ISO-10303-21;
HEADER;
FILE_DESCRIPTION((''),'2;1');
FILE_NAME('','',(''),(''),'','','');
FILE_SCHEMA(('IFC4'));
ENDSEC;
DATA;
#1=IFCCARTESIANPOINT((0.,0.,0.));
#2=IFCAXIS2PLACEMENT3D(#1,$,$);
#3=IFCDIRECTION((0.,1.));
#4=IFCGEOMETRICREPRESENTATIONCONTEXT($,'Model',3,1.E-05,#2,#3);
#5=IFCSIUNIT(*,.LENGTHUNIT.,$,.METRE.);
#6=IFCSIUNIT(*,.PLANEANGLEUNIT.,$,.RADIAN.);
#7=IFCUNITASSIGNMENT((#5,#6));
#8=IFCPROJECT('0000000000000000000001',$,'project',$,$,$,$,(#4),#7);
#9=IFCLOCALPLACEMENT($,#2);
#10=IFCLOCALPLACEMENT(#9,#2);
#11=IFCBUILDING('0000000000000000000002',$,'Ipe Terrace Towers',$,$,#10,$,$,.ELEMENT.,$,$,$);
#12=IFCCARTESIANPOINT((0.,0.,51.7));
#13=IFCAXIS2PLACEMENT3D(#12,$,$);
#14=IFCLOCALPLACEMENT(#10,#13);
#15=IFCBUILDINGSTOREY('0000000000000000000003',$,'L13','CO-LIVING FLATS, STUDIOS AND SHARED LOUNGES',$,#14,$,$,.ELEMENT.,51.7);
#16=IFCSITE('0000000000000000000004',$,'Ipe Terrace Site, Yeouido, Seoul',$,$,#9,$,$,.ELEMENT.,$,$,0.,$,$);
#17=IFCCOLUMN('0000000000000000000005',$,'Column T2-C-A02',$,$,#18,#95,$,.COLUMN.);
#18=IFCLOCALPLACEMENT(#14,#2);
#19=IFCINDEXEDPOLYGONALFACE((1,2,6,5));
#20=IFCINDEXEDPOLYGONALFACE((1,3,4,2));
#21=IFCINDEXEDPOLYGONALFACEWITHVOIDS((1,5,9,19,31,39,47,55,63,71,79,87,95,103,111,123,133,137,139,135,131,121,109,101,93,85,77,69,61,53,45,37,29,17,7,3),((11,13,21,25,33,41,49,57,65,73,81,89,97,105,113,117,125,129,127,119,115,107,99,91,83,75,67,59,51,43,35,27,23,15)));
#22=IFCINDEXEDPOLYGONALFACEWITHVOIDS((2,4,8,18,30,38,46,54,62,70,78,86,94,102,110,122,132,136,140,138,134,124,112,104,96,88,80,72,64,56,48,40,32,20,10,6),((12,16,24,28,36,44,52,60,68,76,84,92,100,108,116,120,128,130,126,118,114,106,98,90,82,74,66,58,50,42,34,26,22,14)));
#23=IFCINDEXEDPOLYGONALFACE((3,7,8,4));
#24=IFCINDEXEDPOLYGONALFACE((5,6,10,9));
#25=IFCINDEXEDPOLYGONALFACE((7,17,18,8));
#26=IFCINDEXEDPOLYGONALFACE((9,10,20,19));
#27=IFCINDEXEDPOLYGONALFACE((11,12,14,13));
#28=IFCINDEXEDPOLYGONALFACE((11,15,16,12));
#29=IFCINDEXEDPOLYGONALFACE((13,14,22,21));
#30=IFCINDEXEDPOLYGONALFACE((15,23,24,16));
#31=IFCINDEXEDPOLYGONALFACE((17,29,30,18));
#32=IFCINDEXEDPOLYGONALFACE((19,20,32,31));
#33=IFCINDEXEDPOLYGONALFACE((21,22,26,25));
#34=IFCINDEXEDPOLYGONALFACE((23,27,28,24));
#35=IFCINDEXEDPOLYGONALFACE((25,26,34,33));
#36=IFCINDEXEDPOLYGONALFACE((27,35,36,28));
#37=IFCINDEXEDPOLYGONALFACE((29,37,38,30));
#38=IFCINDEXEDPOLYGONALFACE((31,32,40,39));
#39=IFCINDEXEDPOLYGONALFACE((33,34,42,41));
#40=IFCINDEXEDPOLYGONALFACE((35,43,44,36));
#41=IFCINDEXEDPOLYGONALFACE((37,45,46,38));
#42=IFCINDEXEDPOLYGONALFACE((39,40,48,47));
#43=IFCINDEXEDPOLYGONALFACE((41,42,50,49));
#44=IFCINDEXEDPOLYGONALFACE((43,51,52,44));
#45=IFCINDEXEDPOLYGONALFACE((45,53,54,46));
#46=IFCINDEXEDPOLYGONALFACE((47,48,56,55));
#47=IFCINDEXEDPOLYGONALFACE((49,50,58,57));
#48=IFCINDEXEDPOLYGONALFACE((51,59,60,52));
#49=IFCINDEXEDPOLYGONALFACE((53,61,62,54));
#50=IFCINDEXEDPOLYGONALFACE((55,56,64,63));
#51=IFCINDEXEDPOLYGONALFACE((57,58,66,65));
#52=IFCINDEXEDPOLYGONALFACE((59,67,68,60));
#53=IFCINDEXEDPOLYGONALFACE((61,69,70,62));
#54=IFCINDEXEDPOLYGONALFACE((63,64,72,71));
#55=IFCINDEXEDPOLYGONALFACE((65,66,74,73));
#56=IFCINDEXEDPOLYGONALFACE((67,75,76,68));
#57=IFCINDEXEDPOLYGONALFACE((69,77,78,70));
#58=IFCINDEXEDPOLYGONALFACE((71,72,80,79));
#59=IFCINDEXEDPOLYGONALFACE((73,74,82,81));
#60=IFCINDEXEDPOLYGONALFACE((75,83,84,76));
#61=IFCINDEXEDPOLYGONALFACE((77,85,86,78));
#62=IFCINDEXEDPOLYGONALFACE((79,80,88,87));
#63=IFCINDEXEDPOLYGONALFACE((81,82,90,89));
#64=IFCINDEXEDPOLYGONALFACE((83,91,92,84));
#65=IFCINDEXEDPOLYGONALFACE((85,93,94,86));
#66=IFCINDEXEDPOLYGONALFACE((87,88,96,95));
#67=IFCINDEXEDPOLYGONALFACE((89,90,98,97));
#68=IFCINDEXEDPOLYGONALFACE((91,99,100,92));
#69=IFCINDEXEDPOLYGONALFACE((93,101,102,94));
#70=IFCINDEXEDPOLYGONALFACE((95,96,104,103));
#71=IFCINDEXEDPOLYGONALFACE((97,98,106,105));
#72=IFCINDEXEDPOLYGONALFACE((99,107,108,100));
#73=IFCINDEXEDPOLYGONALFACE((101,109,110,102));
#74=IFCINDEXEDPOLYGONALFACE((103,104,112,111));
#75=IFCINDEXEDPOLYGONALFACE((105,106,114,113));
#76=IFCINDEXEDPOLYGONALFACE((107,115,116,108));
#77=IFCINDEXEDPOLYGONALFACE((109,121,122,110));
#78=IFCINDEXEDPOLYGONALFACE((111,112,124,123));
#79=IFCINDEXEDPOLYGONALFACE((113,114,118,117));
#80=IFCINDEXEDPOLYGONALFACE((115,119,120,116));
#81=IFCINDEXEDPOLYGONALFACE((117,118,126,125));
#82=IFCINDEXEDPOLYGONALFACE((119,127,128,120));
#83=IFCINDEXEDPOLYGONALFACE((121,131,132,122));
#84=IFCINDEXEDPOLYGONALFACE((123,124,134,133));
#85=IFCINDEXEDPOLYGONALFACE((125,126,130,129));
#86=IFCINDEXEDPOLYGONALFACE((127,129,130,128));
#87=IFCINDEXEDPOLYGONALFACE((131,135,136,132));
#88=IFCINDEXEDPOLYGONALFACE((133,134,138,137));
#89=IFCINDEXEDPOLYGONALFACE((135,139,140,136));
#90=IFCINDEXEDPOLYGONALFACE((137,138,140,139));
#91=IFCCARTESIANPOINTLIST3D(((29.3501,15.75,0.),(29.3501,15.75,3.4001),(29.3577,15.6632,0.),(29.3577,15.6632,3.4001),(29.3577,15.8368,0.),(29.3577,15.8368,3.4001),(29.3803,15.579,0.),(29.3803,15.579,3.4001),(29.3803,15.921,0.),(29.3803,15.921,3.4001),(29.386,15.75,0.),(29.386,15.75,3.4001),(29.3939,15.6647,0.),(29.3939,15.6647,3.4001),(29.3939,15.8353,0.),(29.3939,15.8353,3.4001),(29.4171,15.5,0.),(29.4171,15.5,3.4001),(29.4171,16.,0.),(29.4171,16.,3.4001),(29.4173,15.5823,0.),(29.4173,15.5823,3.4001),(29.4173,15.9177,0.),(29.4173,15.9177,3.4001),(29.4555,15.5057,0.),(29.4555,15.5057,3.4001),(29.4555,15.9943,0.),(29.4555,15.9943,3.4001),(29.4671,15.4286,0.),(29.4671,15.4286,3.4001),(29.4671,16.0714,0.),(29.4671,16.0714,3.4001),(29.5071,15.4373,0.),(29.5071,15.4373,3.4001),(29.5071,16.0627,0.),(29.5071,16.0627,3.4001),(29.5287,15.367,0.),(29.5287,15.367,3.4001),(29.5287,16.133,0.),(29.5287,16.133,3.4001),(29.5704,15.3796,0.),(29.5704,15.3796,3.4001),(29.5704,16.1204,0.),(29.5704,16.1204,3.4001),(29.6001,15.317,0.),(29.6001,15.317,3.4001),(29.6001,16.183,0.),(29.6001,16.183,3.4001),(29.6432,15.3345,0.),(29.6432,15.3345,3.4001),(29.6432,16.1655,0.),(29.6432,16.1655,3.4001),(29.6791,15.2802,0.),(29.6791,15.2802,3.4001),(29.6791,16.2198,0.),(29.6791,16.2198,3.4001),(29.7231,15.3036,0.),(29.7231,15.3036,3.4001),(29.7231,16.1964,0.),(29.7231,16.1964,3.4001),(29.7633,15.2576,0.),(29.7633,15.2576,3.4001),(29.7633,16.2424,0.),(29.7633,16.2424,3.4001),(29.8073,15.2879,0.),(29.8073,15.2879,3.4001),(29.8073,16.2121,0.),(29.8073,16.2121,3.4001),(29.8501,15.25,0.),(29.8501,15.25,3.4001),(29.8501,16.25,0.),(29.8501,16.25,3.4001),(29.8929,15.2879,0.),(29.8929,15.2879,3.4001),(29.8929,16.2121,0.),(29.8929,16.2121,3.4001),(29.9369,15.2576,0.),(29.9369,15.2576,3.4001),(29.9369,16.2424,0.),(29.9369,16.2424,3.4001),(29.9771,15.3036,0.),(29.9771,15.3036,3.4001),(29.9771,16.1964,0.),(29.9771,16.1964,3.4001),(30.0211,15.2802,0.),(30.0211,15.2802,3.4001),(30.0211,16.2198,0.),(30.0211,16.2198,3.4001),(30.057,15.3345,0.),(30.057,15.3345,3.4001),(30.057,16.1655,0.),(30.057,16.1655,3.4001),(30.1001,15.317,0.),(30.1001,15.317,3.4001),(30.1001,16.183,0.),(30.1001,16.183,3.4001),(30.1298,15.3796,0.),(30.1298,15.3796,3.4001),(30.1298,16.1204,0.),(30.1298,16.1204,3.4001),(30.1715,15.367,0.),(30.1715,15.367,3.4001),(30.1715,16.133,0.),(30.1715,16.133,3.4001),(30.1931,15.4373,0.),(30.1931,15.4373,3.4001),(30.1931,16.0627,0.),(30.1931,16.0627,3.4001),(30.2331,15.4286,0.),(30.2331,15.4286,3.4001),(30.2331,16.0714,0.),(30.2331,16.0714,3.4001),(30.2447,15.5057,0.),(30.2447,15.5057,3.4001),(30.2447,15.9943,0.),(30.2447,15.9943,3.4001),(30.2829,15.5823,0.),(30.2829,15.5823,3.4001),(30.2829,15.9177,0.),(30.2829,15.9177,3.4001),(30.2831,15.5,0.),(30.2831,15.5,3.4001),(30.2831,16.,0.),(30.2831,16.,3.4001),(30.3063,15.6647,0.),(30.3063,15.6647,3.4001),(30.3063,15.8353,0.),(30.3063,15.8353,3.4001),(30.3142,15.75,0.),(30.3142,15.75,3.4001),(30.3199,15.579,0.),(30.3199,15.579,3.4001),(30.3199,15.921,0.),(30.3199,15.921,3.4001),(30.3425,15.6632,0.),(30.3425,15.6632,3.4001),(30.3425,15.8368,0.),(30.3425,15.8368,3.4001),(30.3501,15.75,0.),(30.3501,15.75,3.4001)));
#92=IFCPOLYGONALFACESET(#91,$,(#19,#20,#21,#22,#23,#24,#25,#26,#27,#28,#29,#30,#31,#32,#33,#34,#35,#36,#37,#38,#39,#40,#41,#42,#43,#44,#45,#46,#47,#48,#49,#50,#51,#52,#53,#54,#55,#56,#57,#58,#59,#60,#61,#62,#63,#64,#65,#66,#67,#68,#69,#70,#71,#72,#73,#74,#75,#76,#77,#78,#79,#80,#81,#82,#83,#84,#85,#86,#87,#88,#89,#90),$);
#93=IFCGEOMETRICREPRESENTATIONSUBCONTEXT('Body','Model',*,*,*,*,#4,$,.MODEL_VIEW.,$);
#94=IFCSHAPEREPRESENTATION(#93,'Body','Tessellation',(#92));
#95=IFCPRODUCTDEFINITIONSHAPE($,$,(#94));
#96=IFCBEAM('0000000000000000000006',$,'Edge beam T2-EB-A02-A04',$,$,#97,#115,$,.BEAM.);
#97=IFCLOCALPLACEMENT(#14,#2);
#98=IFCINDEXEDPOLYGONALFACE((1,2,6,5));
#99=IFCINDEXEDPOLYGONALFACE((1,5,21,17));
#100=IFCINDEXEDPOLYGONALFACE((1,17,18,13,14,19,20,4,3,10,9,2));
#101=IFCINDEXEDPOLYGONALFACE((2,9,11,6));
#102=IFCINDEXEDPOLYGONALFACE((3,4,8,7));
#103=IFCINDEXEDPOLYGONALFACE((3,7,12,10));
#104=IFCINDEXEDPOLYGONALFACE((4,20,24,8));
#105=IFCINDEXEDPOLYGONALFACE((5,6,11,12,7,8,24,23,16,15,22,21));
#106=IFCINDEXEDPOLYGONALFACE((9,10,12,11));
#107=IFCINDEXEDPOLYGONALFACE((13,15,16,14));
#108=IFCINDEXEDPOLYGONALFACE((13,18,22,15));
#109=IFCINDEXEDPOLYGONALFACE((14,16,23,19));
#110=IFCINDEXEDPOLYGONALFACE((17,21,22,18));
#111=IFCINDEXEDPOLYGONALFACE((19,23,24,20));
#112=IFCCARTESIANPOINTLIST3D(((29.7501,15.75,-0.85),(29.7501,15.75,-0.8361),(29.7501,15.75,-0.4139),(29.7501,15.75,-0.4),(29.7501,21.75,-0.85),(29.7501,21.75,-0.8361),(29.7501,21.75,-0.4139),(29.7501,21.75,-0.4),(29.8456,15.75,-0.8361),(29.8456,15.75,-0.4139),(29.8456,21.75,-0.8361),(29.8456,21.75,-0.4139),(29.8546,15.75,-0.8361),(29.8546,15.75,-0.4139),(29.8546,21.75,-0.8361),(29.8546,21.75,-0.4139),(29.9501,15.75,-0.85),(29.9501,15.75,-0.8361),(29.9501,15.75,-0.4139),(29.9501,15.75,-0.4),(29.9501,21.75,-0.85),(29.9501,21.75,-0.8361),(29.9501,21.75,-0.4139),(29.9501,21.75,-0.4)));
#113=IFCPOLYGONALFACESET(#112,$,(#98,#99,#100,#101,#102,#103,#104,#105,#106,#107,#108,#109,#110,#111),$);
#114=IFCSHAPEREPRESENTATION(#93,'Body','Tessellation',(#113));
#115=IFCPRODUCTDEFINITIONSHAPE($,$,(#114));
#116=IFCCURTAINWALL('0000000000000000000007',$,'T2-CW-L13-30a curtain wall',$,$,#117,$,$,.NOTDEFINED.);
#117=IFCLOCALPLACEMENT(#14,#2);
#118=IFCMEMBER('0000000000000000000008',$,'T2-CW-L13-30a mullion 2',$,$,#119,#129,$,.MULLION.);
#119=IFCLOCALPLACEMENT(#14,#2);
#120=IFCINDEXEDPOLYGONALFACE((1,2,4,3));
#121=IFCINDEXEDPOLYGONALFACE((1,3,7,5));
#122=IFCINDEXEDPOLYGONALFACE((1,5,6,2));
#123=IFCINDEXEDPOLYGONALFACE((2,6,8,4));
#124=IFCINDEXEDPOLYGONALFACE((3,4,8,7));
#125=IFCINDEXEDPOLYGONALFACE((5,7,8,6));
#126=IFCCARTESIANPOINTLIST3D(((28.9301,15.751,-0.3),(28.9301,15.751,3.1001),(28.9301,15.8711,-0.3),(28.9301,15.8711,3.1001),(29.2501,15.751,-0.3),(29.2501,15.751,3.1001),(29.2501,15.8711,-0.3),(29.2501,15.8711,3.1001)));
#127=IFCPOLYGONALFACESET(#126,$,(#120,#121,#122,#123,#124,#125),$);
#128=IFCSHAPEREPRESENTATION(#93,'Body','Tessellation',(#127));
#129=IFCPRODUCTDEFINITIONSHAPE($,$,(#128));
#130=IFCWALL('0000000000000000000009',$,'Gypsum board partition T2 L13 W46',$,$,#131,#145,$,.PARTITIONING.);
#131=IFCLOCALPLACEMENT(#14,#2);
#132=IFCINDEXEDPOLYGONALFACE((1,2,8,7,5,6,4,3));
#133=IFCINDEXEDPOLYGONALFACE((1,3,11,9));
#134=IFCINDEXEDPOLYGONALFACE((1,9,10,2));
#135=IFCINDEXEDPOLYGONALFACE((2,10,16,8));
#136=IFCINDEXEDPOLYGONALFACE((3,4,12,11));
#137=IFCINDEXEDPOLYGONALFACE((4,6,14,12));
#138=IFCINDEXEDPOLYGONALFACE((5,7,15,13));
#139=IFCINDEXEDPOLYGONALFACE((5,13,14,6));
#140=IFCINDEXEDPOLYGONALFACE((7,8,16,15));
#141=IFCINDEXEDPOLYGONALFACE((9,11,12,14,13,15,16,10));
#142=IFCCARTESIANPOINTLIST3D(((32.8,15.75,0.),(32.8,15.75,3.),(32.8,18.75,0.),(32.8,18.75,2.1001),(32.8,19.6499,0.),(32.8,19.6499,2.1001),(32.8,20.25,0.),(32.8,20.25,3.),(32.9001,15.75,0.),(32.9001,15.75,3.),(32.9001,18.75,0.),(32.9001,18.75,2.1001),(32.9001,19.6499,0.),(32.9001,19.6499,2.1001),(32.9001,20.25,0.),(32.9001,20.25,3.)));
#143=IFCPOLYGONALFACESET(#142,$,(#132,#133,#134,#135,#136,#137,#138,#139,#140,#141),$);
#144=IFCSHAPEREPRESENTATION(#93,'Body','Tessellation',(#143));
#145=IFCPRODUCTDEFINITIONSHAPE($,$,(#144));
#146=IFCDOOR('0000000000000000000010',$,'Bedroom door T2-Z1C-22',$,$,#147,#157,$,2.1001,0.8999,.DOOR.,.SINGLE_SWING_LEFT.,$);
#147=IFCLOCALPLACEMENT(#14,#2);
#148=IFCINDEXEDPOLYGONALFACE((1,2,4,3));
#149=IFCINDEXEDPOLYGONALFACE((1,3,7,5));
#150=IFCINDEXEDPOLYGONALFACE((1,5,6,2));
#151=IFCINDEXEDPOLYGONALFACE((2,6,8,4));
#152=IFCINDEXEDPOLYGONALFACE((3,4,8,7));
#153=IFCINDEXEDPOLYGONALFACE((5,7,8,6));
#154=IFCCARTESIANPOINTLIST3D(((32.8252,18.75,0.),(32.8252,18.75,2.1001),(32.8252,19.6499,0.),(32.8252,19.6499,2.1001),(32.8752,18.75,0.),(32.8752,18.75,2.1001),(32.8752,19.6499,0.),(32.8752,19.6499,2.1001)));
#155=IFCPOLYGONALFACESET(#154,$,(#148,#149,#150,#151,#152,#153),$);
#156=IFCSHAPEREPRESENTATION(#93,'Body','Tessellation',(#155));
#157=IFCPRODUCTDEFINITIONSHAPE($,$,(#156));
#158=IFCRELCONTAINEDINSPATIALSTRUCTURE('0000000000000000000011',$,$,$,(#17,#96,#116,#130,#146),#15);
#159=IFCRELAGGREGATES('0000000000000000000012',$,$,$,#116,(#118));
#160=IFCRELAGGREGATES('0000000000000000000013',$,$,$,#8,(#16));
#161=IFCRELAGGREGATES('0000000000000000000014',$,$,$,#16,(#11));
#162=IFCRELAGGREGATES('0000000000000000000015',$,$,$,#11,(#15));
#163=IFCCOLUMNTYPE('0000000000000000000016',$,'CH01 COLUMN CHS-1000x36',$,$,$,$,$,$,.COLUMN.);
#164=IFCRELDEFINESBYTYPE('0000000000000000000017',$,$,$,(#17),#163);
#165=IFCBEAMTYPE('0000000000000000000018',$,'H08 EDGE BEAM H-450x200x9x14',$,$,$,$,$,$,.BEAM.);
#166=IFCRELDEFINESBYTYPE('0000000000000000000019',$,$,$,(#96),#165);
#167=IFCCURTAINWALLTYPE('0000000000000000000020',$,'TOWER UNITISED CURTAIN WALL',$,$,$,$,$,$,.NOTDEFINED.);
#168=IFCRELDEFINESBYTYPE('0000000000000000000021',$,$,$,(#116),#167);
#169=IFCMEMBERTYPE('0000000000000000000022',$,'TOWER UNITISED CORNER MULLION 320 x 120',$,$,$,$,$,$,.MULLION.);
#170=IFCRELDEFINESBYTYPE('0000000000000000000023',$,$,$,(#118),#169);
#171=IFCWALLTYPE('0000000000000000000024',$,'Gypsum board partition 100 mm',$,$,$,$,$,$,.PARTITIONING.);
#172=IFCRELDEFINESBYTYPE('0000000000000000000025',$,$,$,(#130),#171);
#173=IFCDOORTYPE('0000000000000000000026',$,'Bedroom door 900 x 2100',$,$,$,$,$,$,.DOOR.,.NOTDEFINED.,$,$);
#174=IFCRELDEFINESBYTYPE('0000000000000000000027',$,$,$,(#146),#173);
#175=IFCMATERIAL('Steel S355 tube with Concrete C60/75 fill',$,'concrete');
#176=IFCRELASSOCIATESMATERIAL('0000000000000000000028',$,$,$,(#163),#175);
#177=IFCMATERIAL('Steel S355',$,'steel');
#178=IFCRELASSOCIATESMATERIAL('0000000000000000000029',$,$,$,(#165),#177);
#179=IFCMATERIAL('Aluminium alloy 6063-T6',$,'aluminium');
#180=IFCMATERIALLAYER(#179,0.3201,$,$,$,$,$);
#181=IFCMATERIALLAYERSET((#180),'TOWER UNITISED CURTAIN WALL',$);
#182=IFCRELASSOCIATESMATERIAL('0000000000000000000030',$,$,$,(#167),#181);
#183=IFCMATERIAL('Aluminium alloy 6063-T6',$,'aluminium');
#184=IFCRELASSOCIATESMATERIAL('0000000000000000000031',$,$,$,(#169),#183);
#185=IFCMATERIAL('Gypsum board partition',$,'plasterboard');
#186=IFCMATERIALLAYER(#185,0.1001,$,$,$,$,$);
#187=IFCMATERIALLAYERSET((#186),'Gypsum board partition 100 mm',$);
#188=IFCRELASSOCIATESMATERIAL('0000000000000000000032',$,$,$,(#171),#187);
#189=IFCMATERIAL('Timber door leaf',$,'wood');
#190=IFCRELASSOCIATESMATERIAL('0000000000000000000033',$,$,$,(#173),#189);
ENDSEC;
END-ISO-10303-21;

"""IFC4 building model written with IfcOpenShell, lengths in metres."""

from ifc_helpers import new_model, si_unit, direction, frame, frame_2d, origin, origin_2d, place, context, subcontext, project, spatial, rectangle, hollow_circle, i_section, extrude, material, layer, layer_set, material_profile, profile_set, type_object, element, fill, aggregate, save


model = new_model("IFC4")

# Units and contexts
model_context = context("Model", 3, precision=1e-05, world=origin(), true_north=direction((0.0, 1.0)))
body_context = subcontext(model_context, "Body", "Model", "MODEL_VIEW")
ifc_project = project(units=[si_unit("LENGTHUNIT", "METRE"), si_unit("PLANEANGLEUNIT", "RADIAN")], contexts=[model_context])

# Site, building, storey
site_placement = place(None, origin())
site = spatial("IfcSite", under=ifc_project, at=site_placement, Name="Ipe Terrace Site, Yeouido, Seoul", CompositionType="ELEMENT", RefElevation=0.0)
building_placement = place(site_placement, origin())
building = spatial("IfcBuilding", under=site, at=building_placement, Name="Ipe Terrace Towers", CompositionType="ELEMENT")
storey_placement = place(building_placement, frame((0.0, 0.0, 51.7)))
storey = spatial("IfcBuildingStorey", under=building, at=storey_placement, Name="L13", Description="CO-LIVING FLATS, STUDIOS AND SHARED LOUNGES", CompositionType="ELEMENT", Elevation=51.7)

# Column
ifc_material_1 = material(Name="Steel S355 tube with Concrete C60/75 fill", Category="concrete")
ifc_material_profile_1 = material_profile(ifc_material_1, hollow_circle(Radius=0.5, WallThickness=0.0359, at=origin_2d()), Name="CHS-1000x36")
ifc_profile_set_1 = profile_set([ifc_material_profile_1], Name="Steel S355 tube with Concrete C60/75 fill")
column_type = type_object("IfcColumnType", Name="CH01 COLUMN CHS-1000x36", PredefinedType="COLUMN", material=ifc_profile_set_1)
column_placement = place(storey_placement, frame((29.8501, 15.75, 0.0), z_axis=(0.0, 0.0, 1.0), x_axis=(1.0, 0.0, 0.0)))
element("IfcColumn", 1, at=column_placement, inside=storey, type_object=column_type, Name="Column T2-C-A02", PredefinedType="COLUMN", context=body_context, shape_type="SweptSolid", body=[
    extrude(hollow_circle(Radius=0.5, WallThickness=0.0359, at=origin_2d()), origin(), (0.0, 0.0, 1.0), 3.4001),
])

# Beam
ifc_material_2 = material(Name="Steel S355", Category="steel")
ifc_material_profile_2 = material_profile(ifc_material_2, i_section(OverallWidth=0.2, OverallDepth=0.45, WebThickness=0.009, FlangeThickness=0.0139, at=origin_2d()), Name="H-450x200x9x14")
ifc_profile_set_2 = profile_set([ifc_material_profile_2], Name="Steel S355")
beam_type = type_object("IfcBeamType", Name="H08 EDGE BEAM H-450x200x9x14", PredefinedType="BEAM", material=ifc_profile_set_2)
beam_placement = place(storey_placement, frame((29.8501, 15.75, -0.625), z_axis=(0.0, 1.0, 0.0), x_axis=(-1.0, 0.0, 0.0)))
element("IfcBeam", 2, at=beam_placement, inside=storey, type_object=beam_type, Name="Edge beam T2-EB-A02-A04", PredefinedType="BEAM", context=body_context, shape_type="SweptSolid", body=[
    extrude(i_section(OverallWidth=0.2, OverallDepth=0.45, WebThickness=0.009, FlangeThickness=0.0139, at=origin_2d()), origin(), (0.0, 0.0, 1.0), 6.0),
])

# Curtain wall, member
ifc_material_3 = material(Name="Aluminium alloy 6063-T6", Category="aluminium")
ifc_layer_1 = layer(ifc_material_3, 0.3201)
ifc_layer_set_1 = layer_set([ifc_layer_1], Name="TOWER UNITISED CURTAIN WALL")
curtain_wall_type = type_object("IfcCurtainWallType", Name="TOWER UNITISED CURTAIN WALL", PredefinedType="NOTDEFINED", material=ifc_layer_set_1)
curtain_wall_placement = place(storey_placement, origin())
curtain_wall = element("IfcCurtainWall", 3, at=curtain_wall_placement, inside=storey, type_object=curtain_wall_type, Name="T2-CW-L13-30a curtain wall", PredefinedType="NOTDEFINED")
ifc_material_4 = material(Name="Aluminium alloy 6063-T6", Category="aluminium")
ifc_material_profile_3 = material_profile(ifc_material_4, rectangle(XDim=0.3201, YDim=0.1201, at=origin_2d()), Name="TOWER UNITISED CORNER MULLION 320 x 120")
ifc_profile_set_3 = profile_set([ifc_material_profile_3], Name="Aluminium alloy 6063-T6")
member_type = type_object("IfcMemberType", Name="TOWER UNITISED CORNER MULLION 320 x 120", PredefinedType="MULLION", material=ifc_profile_set_3)
member_placement = place(storey_placement, frame((29.0901, 15.811, -0.3), z_axis=(0.0, 0.0, 1.0), x_axis=(-1.0, 0.0, 0.0)))
member = element("IfcMember", 4, at=member_placement, type_object=member_type, Name="T2-CW-L13-30a mullion 2", PredefinedType="MULLION", context=body_context, shape_type="SweptSolid", body=[
    extrude(rectangle(XDim=0.3201, YDim=0.1201, at=origin_2d()), origin(), (0.0, 0.0, 1.0), 3.4001),
])
aggregate(curtain_wall, [member])

# Wall, opening, door
ifc_material_5 = material(Name="Gypsum board partition", Category="plasterboard")
ifc_layer_2 = layer(ifc_material_5, 0.1001)
ifc_layer_set_2 = layer_set([ifc_layer_2], Name="Gypsum board partition 100 mm")
wall_type_1 = type_object("IfcWallType", Name="Gypsum board partition 100 mm", PredefinedType="PARTITIONING", material=ifc_layer_set_2)
wall_1_placement = place(storey_placement, frame((32.8501, 15.75, 0.0), z_axis=(0.0, 0.0, 1.0), x_axis=(0.0, 1.0, 0.0)))
wall_1 = element("IfcWall", 5, at=wall_1_placement, inside=storey, type_object=wall_type_1, Name="Gypsum board partition T2 L13 W46", PredefinedType="PARTITIONING", context=body_context, shape_type="SweptSolid", body=[
    extrude(rectangle(XDim=4.5, YDim=0.1001, at=frame_2d((2.25, 0.0))), origin(), (0.0, 0.0, 1.0), 3.0),
])
opening_1_placement = place(wall_1_placement, frame((3.0, 0.0, 0.0)))
opening_1 = element("IfcOpeningElement", 6, at=opening_1_placement, cuts=wall_1, PredefinedType="OPENING", context=body_context, shape_type="SweptSolid", body=[
    extrude(rectangle(XDim=0.8999, YDim=2.1001, at=frame_2d((0.45, 1.05))), frame((0.0, 0.0601, 0.0), z_axis=(0.0, -1.0, 0.0), x_axis=(1.0, 0.0, 0.0)), (0.0, 0.0, 1.0), 0.1201),
])
ifc_material_6 = material(Name="Timber door leaf", Category="wood")
door_type_1 = type_object("IfcDoorType", Name="Bedroom door 900 x 2100", OperationType="NOTDEFINED", PredefinedType="DOOR", material=ifc_material_6)
door_1_placement = place(opening_1_placement, origin())
door_1 = element("IfcDoor", 7, at=door_1_placement, inside=storey, type_object=door_type_1, Name="Bedroom door T2-Z1C-22", OperationType="SINGLE_SWING_LEFT", OverallHeight=2.1001, OverallWidth=0.8999, PredefinedType="DOOR", context=body_context, shape_type="SweptSolid", body=[
    extrude(rectangle(XDim=0.8999, YDim=2.1001, at=frame_2d((0.45, 1.05))), frame((0.0, 0.0249, 0.0), z_axis=(0.0, -1.0, 0.0), x_axis=(1.0, 0.0, 0.0)), (0.0, 0.0, 1.0), 0.05),
])
fill(opening_1, door_1)

save(model, "model.ifc")
